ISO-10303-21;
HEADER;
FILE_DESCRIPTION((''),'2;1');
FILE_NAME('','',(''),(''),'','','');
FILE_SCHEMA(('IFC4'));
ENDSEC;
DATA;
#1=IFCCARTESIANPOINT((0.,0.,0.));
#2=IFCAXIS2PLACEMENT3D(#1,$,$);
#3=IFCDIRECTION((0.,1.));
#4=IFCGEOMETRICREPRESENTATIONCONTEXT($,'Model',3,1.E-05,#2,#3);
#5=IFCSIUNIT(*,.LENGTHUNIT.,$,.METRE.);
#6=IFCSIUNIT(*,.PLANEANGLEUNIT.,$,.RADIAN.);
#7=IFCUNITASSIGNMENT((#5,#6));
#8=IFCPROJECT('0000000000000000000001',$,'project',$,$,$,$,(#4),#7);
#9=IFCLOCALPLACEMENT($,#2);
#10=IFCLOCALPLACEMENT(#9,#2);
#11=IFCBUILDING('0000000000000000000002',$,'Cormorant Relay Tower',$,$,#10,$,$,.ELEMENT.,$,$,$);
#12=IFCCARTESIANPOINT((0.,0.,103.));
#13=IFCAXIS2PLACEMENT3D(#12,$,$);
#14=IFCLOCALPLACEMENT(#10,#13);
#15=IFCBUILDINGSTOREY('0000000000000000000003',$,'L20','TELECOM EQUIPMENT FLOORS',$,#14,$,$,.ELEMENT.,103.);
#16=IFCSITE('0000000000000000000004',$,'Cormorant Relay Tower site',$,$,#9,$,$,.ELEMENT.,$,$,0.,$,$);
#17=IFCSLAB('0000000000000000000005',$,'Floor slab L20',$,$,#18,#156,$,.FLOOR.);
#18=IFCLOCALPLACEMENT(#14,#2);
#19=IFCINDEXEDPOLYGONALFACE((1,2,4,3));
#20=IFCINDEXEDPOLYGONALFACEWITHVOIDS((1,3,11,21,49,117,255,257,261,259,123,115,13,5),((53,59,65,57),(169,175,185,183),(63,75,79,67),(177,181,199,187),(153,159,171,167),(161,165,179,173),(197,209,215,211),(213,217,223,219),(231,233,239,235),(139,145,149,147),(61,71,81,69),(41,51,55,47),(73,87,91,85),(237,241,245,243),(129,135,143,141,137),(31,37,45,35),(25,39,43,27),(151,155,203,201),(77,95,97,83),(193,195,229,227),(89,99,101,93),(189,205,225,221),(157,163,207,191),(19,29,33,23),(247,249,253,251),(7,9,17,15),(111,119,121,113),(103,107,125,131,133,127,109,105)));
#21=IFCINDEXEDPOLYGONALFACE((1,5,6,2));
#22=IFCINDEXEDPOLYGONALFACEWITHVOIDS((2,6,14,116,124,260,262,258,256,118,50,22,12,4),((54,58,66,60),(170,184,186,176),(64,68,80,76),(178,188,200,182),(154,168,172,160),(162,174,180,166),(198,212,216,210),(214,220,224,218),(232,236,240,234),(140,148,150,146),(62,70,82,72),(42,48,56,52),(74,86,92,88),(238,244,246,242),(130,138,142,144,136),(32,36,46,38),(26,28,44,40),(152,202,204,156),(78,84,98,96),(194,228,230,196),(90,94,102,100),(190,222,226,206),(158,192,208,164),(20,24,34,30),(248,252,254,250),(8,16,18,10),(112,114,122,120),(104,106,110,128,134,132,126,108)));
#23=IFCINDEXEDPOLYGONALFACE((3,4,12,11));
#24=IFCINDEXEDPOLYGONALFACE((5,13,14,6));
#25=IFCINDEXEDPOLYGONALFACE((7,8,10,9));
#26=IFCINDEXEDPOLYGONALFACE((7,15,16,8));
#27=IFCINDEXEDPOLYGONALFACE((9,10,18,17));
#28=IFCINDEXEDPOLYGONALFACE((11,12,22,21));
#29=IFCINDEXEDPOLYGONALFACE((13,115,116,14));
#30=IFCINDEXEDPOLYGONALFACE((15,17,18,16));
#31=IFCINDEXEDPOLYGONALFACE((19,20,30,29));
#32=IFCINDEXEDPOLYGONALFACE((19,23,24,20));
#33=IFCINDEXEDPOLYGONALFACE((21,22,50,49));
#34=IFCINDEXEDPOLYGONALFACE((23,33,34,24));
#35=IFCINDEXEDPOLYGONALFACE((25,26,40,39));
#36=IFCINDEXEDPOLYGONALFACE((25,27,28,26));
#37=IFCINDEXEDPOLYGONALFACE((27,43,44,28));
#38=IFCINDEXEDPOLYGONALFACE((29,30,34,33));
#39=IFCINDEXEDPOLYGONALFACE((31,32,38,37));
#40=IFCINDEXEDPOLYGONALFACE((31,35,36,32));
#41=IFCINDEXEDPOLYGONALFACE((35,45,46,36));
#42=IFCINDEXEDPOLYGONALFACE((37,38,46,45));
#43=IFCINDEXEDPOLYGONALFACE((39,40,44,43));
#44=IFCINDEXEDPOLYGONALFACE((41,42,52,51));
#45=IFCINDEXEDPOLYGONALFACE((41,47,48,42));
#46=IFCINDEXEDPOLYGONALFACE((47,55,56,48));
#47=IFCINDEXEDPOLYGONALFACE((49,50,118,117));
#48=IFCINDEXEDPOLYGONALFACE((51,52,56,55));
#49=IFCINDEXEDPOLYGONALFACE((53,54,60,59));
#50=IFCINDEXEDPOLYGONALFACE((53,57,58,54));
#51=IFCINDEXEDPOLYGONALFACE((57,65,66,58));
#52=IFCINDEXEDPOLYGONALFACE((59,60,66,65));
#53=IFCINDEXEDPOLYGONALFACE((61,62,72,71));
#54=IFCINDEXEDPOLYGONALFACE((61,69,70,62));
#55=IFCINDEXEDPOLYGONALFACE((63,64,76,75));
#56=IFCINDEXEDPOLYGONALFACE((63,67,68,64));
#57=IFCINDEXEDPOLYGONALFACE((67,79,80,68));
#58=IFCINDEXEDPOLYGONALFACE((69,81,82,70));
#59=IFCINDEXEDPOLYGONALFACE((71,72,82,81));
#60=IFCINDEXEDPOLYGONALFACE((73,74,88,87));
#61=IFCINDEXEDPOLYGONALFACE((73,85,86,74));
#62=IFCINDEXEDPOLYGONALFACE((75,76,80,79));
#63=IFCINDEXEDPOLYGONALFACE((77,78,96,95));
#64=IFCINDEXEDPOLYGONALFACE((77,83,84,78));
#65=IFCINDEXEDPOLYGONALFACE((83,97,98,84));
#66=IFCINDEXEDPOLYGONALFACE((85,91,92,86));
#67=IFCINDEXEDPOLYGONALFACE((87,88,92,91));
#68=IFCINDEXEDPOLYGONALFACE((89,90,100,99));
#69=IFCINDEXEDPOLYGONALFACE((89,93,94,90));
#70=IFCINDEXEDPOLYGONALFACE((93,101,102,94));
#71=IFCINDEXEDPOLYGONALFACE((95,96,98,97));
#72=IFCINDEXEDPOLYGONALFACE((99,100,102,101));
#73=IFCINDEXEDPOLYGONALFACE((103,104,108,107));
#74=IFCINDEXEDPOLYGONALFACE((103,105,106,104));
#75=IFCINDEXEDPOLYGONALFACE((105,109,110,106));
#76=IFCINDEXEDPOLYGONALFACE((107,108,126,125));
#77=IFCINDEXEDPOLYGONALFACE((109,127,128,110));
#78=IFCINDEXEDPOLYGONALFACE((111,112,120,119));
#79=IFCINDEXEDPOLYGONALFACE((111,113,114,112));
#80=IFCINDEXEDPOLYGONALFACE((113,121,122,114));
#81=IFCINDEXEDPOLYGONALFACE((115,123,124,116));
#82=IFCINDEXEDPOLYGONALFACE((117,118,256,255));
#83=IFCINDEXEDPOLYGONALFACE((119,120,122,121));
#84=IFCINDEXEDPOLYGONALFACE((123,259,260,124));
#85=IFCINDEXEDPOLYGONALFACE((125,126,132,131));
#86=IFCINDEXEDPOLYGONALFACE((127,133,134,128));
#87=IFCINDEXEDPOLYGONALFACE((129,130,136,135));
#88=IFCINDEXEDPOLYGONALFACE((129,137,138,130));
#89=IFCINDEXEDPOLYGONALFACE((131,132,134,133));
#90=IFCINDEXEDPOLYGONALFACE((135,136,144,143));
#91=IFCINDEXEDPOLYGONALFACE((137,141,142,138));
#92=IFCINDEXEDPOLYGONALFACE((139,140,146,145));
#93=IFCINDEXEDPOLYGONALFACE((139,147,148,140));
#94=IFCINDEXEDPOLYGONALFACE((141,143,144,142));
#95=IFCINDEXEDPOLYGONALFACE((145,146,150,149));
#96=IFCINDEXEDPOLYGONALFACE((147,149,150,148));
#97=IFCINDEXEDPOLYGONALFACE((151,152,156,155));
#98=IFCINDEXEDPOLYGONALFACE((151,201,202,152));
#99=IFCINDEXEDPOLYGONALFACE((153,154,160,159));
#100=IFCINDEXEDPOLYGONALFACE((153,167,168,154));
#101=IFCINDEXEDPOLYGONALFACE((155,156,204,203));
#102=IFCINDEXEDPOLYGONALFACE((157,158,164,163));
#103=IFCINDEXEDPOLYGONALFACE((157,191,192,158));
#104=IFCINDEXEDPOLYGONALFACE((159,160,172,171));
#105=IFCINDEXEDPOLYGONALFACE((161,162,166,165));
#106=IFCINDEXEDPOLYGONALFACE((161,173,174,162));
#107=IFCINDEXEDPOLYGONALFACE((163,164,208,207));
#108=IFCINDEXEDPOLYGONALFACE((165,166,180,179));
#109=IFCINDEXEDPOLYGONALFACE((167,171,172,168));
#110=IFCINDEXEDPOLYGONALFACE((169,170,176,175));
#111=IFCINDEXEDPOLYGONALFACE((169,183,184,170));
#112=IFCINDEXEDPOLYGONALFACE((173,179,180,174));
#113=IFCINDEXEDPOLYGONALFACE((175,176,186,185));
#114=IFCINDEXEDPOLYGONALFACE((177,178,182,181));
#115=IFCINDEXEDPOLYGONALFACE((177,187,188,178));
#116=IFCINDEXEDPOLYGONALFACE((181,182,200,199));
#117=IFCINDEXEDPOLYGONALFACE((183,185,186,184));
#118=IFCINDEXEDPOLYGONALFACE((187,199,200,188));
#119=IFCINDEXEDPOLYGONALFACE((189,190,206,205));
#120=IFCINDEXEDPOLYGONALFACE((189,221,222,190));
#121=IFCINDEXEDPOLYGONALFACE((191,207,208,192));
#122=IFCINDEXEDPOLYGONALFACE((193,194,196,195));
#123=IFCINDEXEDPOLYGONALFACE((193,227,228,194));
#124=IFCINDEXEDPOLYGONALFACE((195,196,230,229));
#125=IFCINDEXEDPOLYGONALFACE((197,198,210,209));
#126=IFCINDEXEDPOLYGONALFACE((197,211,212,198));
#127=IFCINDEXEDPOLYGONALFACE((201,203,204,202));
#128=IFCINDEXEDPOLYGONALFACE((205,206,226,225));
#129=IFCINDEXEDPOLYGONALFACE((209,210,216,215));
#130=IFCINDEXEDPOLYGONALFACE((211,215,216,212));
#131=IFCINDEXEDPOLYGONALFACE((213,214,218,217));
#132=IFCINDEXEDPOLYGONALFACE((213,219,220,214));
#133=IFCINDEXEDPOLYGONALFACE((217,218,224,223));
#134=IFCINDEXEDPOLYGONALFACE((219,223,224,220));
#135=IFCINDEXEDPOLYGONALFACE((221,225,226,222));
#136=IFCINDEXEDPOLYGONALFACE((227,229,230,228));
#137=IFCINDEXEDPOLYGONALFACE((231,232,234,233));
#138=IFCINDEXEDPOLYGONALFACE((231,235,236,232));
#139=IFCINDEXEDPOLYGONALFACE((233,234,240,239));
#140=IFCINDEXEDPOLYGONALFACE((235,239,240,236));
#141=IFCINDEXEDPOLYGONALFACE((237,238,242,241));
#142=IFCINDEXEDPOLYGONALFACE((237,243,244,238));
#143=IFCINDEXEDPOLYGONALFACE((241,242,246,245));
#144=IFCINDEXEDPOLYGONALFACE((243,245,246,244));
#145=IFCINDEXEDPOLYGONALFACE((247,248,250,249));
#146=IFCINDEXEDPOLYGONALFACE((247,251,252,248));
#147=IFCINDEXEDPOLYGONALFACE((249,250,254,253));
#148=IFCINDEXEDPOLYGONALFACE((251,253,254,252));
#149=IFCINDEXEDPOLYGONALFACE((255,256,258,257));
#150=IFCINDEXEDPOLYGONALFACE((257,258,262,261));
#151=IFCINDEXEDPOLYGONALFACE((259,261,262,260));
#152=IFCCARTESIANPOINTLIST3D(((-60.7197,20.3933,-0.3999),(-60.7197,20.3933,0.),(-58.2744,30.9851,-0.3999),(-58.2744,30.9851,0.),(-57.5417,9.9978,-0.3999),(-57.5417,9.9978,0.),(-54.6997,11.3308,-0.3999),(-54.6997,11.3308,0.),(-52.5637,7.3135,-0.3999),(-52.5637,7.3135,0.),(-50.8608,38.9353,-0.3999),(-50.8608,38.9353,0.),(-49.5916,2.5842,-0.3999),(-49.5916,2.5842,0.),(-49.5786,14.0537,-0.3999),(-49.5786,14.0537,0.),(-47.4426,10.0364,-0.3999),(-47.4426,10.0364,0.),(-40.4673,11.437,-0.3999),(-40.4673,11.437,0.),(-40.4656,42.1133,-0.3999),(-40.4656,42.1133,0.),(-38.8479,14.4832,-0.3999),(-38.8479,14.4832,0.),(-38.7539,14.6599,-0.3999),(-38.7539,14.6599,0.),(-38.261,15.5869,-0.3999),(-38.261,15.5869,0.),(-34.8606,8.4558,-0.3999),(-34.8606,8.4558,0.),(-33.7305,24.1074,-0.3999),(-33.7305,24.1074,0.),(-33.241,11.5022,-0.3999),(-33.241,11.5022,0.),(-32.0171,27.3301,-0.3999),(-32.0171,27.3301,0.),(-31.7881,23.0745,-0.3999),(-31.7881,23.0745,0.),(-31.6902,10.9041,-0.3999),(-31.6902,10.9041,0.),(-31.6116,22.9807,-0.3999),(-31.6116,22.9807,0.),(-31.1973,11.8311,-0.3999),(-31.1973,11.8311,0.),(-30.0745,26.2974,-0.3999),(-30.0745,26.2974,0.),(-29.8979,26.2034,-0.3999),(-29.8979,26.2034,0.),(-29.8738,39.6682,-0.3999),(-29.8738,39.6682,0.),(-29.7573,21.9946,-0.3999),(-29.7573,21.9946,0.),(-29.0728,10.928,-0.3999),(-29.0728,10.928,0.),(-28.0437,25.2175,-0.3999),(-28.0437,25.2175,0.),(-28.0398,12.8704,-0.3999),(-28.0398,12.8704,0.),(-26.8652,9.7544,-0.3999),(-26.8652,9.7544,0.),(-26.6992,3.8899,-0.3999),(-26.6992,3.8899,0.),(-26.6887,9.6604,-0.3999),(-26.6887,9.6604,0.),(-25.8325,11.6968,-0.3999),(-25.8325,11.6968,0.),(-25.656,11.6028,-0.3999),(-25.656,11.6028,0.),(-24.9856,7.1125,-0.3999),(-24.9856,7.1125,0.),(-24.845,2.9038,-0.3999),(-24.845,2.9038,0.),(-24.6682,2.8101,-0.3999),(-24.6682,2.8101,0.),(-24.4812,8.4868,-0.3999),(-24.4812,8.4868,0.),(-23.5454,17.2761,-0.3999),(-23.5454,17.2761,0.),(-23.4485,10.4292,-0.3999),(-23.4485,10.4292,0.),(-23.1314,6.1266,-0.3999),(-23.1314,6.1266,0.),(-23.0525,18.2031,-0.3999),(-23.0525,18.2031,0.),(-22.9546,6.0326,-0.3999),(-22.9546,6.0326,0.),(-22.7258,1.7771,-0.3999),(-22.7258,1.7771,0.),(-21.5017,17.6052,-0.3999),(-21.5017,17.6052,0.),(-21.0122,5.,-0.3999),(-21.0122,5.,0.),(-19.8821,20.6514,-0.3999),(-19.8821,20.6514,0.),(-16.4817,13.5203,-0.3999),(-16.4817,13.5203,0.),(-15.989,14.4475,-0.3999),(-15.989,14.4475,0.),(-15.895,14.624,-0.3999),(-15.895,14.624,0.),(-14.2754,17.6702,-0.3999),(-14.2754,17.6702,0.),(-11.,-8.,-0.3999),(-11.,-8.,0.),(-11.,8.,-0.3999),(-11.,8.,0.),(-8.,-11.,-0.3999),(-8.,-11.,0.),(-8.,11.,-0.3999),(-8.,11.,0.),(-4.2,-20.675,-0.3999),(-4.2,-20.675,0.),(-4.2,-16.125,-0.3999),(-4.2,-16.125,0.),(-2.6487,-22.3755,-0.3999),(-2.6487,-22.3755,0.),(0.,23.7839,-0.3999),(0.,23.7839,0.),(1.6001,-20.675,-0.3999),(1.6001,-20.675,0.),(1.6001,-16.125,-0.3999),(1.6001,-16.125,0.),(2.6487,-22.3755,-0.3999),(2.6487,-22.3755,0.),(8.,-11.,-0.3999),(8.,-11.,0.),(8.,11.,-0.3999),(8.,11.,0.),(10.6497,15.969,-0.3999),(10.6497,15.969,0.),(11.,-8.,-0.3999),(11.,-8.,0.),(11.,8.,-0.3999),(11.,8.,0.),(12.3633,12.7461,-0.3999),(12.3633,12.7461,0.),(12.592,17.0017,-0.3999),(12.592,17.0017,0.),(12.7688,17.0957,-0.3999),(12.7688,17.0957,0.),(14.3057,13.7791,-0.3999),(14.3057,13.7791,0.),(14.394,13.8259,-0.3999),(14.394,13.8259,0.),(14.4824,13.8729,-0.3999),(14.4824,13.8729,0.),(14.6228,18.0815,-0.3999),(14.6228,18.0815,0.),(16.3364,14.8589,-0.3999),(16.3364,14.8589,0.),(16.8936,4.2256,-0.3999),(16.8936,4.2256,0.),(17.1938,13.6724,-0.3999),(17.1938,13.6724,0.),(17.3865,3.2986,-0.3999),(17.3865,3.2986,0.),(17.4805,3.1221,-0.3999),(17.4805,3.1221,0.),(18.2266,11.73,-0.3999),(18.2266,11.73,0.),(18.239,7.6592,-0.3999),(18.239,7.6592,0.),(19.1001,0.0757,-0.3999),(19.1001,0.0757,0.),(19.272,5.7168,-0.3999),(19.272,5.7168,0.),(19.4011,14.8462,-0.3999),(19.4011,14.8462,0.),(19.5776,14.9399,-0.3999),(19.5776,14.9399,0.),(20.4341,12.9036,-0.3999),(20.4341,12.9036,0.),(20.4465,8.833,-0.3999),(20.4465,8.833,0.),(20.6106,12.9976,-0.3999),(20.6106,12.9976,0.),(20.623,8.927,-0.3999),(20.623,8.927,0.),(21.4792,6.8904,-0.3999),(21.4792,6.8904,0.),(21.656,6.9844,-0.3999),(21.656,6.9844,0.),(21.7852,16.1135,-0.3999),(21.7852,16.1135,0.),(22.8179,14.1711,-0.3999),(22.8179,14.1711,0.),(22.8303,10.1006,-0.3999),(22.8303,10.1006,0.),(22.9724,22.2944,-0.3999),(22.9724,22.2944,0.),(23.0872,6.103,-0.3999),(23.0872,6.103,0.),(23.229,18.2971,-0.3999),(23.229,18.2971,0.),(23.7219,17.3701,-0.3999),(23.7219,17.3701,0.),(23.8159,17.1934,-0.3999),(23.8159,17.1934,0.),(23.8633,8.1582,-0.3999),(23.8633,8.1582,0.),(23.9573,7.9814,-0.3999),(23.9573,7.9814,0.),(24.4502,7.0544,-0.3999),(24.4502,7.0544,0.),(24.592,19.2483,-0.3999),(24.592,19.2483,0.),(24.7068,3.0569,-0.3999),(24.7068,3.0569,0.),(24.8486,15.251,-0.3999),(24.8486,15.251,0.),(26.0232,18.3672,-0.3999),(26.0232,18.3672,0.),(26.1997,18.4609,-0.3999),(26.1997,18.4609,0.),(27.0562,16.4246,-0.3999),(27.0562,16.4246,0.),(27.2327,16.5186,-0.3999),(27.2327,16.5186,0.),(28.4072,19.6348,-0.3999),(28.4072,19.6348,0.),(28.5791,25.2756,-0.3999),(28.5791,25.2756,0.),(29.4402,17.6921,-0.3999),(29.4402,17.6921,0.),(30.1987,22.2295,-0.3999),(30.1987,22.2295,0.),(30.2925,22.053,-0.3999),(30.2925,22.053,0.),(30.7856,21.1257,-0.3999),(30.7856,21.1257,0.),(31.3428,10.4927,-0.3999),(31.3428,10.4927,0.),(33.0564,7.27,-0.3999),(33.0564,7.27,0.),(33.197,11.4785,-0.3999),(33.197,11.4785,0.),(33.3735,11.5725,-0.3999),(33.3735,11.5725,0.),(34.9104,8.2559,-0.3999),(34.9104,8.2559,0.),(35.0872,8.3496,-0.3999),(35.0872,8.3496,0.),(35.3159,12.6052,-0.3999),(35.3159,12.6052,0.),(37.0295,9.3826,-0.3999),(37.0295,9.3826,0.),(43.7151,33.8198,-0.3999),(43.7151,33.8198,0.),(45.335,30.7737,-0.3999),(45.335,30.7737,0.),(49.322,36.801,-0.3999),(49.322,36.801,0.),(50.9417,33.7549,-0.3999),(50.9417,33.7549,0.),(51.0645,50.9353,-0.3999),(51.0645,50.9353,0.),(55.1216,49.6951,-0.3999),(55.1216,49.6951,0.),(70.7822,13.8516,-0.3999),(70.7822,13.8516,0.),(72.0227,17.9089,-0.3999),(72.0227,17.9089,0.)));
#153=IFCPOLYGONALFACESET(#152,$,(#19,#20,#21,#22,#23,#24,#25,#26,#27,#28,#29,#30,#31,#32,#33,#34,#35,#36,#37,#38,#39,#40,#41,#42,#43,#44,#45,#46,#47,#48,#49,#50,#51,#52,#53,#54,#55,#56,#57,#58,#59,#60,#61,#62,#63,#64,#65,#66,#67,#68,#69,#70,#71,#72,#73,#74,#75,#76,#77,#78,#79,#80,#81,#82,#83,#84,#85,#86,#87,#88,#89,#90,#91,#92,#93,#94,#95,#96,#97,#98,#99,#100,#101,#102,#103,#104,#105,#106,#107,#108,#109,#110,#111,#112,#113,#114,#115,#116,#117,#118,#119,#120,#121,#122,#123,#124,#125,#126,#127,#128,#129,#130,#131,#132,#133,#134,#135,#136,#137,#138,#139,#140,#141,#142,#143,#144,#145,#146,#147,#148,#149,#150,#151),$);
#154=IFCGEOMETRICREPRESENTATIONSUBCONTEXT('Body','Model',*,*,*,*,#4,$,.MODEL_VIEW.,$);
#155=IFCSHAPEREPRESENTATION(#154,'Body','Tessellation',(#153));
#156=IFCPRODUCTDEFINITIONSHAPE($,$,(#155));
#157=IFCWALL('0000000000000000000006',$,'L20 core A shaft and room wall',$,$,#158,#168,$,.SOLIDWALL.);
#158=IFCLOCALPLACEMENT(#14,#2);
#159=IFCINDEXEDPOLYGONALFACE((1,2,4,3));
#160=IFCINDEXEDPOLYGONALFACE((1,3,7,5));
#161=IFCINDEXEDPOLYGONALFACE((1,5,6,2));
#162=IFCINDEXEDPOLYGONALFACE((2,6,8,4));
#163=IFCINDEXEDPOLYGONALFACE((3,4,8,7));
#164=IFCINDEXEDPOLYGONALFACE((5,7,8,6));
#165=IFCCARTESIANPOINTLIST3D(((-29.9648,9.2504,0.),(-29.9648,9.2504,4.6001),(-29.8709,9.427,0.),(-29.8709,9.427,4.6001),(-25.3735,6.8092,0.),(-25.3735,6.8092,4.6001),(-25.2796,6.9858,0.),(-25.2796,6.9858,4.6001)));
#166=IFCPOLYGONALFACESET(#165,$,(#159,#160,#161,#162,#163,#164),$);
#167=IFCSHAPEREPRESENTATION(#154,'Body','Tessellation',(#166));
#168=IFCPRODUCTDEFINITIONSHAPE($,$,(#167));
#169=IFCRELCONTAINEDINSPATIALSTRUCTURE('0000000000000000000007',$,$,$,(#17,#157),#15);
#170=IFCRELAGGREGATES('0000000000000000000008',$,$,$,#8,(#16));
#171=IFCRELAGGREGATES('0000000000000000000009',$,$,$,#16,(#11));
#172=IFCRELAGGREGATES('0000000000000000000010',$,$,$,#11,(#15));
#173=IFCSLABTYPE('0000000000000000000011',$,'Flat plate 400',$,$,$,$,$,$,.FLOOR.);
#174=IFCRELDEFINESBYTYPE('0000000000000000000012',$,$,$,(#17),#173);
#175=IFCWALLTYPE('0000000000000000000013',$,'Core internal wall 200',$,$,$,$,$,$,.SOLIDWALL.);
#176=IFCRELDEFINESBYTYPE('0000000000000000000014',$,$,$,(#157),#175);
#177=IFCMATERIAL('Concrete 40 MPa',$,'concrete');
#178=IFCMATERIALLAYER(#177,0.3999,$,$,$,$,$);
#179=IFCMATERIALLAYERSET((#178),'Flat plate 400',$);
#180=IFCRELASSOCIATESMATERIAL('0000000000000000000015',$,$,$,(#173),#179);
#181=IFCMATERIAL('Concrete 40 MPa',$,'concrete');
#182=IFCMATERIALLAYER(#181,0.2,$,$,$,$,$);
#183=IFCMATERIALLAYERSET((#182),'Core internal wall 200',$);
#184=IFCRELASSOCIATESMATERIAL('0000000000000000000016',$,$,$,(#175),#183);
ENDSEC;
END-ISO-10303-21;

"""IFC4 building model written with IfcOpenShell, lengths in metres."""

from ifc_helpers import new_model, si_unit, direction, frame, frame_2d, origin, place, context, subcontext, project, spatial, polyline, rectangle, outline, extrude, material, layer, layer_set, type_object, element, save


model = new_model("IFC4")

# Units and contexts
model_context = context("Model", 3, precision=1e-05, world=origin(), true_north=direction((0.0, 1.0)))
body_context = subcontext(model_context, "Body", "Model", "MODEL_VIEW")
ifc_project = project(units=[si_unit("LENGTHUNIT", "METRE"), si_unit("PLANEANGLEUNIT", "RADIAN")], contexts=[model_context])

# Site, building, storey
site_placement = place(None, origin())
site = spatial("IfcSite", under=ifc_project, at=site_placement, Name="Cormorant Relay Tower site", CompositionType="ELEMENT", RefElevation=0.0)
building_placement = place(site_placement, origin())
building = spatial("IfcBuilding", under=site, at=building_placement, Name="Cormorant Relay Tower", CompositionType="ELEMENT")
storey_placement = place(building_placement, frame((0.0, 0.0, 103.0)))
storey = spatial("IfcBuildingStorey", under=building, at=storey_placement, Name="L20", Description="TELECOM EQUIPMENT FLOORS", CompositionType="ELEMENT", Elevation=103.0)

# Slab
ifc_material_1 = material(Name="Concrete 40 MPa", Category="concrete")
ifc_layer_1 = layer(ifc_material_1, 0.3999)
ifc_layer_set_1 = layer_set([ifc_layer_1], Name="Flat plate 400")
slab_type_1 = type_object("IfcSlabType", Name="Flat plate 400", PredefinedType="FLOOR", material=ifc_layer_set_1)
slab_1_placement = place(storey_placement, frame((0.0, 0.0, -0.3999)))
element("IfcSlab", 1, at=slab_1_placement, inside=storey, type_object=slab_type_1, Name="Floor slab L20", PredefinedType="FLOOR", context=body_context, shape_type="SweptSolid", body=[
    extrude(outline(polyline([(-60.7197, 20.3933), (-58.2744, 30.9851), (-50.8608, 38.9353), (-40.4656, 42.1133), (-29.8738, 39.6682), (0.0, 23.7839), (51.0645, 50.9353), (55.1216, 49.6951), (72.0227, 17.9089), (70.7822, 13.8516), (2.6487, -22.3755), (-2.6487, -22.3755), (-49.5916, 2.5842), (-57.5417, 9.9978), (-60.7197, 20.3933)]), holes=[polyline([(11.0, -8.0), (11.0, 8.0), (8.0, 11.0), (-8.0, 11.0), (-11.0, 8.0), (-11.0, -8.0), (-8.0, -11.0), (8.0, -11.0), (11.0, -8.0)]), polyline([(-4.2, -16.125), (-4.2, -20.675), (1.6001, -20.675), (1.6001, -16.125), (-4.2, -16.125)]), polyline([(-22.9546, 6.0327), (-24.6682, 2.8101), (-22.7258, 1.7771), (-21.0122, 5.0), (-23.043, 6.0796), (-22.9546, 6.0327)]), polyline([(-24.9856, 7.1125), (-26.6992, 3.8899), (-24.845, 2.9038), (-23.1313, 6.1267), (-23.043, 6.0796), (-24.9856, 7.1125)]), polyline([(-26.6887, 9.6604), (-24.4812, 8.4868), (-23.4485, 10.4292), (-25.656, 11.6028), (-26.6887, 9.6604)]), polyline([(-49.5786, 14.0537), (-54.6997, 11.3308), (-52.5637, 7.3135), (-47.4426, 10.0364), (-49.5786, 14.0537)]), polyline([(-28.0398, 12.8704), (-29.0728, 10.928), (-26.8652, 9.7544), (-25.8325, 11.6968), (-28.0398, 12.8704)]), polyline([(-38.8479, 14.4832), (-40.4673, 11.437), (-34.8606, 8.4558), (-33.241, 11.5022), (-38.8479, 14.4832)]), polyline([(-38.261, 15.5869), (-38.7539, 14.6599), (-31.6902, 10.9041), (-31.1973, 11.8311), (-38.261, 15.5869)]), polyline([(14.3057, 13.7791), (12.592, 17.0017), (10.6497, 15.969), (12.3633, 12.7461), (14.394, 13.8259), (14.3057, 13.7791)]), polyline([(16.3364, 14.8589), (14.6228, 18.0815), (12.7688, 17.0957), (14.4824, 13.8728), (14.394, 13.8259), (16.3364, 14.8589)]), polyline([(-16.4817, 13.5203), (-15.989, 14.4475), (-23.0525, 18.2031), (-23.5454, 17.2761), (-16.4817, 13.5203)]), polyline([(-21.5017, 17.6052), (-15.895, 14.624), (-14.2754, 17.6702), (-19.8821, 20.6514), (-21.5017, 17.6052)]), polyline([(-31.6116, 22.9807), (-29.7573, 21.9946), (-28.0437, 25.2175), (-29.8979, 26.2034), (-31.6116, 22.9807)]), polyline([(-33.7305, 24.1074), (-31.7881, 23.0745), (-30.0745, 26.2974), (-32.0171, 27.3301), (-33.7305, 24.1074)]), polyline([(23.0872, 6.103), (17.4805, 3.1221), (19.1001, 0.0757), (24.7068, 3.0569), (23.0872, 6.103)]), polyline([(16.8936, 4.2256), (17.3865, 3.2986), (24.4502, 7.0544), (23.9573, 7.9814), (16.8936, 4.2256)]), polyline([(20.4465, 8.833), (18.239, 7.6592), (19.272, 5.7168), (21.4792, 6.8904), (20.4465, 8.833)]), polyline([(22.8303, 10.1006), (20.623, 8.927), (21.656, 6.9844), (23.8633, 8.1582), (22.8303, 10.1006)]), polyline([(33.197, 11.4785), (31.3428, 10.4927), (33.0564, 7.27), (34.9104, 8.2559), (33.197, 11.4785)]), polyline([(33.3735, 11.5725), (35.0872, 8.3496), (37.0295, 9.3826), (35.3159, 12.6052), (33.3735, 11.5725)]), polyline([(19.4011, 14.8462), (17.1938, 13.6724), (18.2266, 11.73), (20.4341, 12.9036), (19.4011, 14.8462)]), polyline([(22.8179, 14.1711), (21.7852, 16.1135), (19.5776, 14.9399), (20.6106, 12.9976), (22.8179, 14.1711)]), polyline([(26.0232, 18.3672), (23.8159, 17.1934), (24.8486, 15.251), (27.0562, 16.4246), (26.0232, 18.3672)]), polyline([(29.4402, 17.6921), (28.4072, 19.6348), (26.1997, 18.4609), (27.2327, 16.5186), (29.4402, 17.6921)]), polyline([(30.7856, 21.1257), (30.2925, 22.053), (23.229, 18.2971), (23.7219, 17.3701), (30.7856, 21.1257)]), polyline([(24.592, 19.2483), (30.1987, 22.2295), (28.5791, 25.2756), (22.9724, 22.2944), (24.592, 19.2483)]), polyline([(45.335, 30.7737), (50.9417, 33.7549), (49.322, 36.801), (43.7151, 33.8198), (45.335, 30.7737)])]), origin(), (0.0, 0.0, 1.0), 0.3999),
])

# Wall
ifc_material_2 = material(Name="Concrete 40 MPa", Category="concrete")
ifc_layer_2 = layer(ifc_material_2, 0.2)
ifc_layer_set_2 = layer_set([ifc_layer_2], Name="Core internal wall 200")
wall_type_1 = type_object("IfcWallType", Name="Core internal wall 200", PredefinedType="SOLIDWALL", material=ifc_layer_set_2)
wall_1_placement = place(storey_placement, frame((-25.3264, 6.8975, 0.0), z_axis=(0.0, 0.0, 1.0), x_axis=(-0.882954, 0.46946, 0.0)))
element("IfcWall", 2, at=wall_1_placement, inside=storey, type_object=wall_type_1, Name="L20 core A shaft and room wall", PredefinedType="SOLIDWALL", context=body_context, shape_type="SweptSolid", body=[
    extrude(rectangle(XDim=5.2, YDim=0.2, at=frame_2d((2.6001, 0.0))), origin(), (0.0, 0.0, 1.0), 4.6001),
])

save(model, "model.ifc")
